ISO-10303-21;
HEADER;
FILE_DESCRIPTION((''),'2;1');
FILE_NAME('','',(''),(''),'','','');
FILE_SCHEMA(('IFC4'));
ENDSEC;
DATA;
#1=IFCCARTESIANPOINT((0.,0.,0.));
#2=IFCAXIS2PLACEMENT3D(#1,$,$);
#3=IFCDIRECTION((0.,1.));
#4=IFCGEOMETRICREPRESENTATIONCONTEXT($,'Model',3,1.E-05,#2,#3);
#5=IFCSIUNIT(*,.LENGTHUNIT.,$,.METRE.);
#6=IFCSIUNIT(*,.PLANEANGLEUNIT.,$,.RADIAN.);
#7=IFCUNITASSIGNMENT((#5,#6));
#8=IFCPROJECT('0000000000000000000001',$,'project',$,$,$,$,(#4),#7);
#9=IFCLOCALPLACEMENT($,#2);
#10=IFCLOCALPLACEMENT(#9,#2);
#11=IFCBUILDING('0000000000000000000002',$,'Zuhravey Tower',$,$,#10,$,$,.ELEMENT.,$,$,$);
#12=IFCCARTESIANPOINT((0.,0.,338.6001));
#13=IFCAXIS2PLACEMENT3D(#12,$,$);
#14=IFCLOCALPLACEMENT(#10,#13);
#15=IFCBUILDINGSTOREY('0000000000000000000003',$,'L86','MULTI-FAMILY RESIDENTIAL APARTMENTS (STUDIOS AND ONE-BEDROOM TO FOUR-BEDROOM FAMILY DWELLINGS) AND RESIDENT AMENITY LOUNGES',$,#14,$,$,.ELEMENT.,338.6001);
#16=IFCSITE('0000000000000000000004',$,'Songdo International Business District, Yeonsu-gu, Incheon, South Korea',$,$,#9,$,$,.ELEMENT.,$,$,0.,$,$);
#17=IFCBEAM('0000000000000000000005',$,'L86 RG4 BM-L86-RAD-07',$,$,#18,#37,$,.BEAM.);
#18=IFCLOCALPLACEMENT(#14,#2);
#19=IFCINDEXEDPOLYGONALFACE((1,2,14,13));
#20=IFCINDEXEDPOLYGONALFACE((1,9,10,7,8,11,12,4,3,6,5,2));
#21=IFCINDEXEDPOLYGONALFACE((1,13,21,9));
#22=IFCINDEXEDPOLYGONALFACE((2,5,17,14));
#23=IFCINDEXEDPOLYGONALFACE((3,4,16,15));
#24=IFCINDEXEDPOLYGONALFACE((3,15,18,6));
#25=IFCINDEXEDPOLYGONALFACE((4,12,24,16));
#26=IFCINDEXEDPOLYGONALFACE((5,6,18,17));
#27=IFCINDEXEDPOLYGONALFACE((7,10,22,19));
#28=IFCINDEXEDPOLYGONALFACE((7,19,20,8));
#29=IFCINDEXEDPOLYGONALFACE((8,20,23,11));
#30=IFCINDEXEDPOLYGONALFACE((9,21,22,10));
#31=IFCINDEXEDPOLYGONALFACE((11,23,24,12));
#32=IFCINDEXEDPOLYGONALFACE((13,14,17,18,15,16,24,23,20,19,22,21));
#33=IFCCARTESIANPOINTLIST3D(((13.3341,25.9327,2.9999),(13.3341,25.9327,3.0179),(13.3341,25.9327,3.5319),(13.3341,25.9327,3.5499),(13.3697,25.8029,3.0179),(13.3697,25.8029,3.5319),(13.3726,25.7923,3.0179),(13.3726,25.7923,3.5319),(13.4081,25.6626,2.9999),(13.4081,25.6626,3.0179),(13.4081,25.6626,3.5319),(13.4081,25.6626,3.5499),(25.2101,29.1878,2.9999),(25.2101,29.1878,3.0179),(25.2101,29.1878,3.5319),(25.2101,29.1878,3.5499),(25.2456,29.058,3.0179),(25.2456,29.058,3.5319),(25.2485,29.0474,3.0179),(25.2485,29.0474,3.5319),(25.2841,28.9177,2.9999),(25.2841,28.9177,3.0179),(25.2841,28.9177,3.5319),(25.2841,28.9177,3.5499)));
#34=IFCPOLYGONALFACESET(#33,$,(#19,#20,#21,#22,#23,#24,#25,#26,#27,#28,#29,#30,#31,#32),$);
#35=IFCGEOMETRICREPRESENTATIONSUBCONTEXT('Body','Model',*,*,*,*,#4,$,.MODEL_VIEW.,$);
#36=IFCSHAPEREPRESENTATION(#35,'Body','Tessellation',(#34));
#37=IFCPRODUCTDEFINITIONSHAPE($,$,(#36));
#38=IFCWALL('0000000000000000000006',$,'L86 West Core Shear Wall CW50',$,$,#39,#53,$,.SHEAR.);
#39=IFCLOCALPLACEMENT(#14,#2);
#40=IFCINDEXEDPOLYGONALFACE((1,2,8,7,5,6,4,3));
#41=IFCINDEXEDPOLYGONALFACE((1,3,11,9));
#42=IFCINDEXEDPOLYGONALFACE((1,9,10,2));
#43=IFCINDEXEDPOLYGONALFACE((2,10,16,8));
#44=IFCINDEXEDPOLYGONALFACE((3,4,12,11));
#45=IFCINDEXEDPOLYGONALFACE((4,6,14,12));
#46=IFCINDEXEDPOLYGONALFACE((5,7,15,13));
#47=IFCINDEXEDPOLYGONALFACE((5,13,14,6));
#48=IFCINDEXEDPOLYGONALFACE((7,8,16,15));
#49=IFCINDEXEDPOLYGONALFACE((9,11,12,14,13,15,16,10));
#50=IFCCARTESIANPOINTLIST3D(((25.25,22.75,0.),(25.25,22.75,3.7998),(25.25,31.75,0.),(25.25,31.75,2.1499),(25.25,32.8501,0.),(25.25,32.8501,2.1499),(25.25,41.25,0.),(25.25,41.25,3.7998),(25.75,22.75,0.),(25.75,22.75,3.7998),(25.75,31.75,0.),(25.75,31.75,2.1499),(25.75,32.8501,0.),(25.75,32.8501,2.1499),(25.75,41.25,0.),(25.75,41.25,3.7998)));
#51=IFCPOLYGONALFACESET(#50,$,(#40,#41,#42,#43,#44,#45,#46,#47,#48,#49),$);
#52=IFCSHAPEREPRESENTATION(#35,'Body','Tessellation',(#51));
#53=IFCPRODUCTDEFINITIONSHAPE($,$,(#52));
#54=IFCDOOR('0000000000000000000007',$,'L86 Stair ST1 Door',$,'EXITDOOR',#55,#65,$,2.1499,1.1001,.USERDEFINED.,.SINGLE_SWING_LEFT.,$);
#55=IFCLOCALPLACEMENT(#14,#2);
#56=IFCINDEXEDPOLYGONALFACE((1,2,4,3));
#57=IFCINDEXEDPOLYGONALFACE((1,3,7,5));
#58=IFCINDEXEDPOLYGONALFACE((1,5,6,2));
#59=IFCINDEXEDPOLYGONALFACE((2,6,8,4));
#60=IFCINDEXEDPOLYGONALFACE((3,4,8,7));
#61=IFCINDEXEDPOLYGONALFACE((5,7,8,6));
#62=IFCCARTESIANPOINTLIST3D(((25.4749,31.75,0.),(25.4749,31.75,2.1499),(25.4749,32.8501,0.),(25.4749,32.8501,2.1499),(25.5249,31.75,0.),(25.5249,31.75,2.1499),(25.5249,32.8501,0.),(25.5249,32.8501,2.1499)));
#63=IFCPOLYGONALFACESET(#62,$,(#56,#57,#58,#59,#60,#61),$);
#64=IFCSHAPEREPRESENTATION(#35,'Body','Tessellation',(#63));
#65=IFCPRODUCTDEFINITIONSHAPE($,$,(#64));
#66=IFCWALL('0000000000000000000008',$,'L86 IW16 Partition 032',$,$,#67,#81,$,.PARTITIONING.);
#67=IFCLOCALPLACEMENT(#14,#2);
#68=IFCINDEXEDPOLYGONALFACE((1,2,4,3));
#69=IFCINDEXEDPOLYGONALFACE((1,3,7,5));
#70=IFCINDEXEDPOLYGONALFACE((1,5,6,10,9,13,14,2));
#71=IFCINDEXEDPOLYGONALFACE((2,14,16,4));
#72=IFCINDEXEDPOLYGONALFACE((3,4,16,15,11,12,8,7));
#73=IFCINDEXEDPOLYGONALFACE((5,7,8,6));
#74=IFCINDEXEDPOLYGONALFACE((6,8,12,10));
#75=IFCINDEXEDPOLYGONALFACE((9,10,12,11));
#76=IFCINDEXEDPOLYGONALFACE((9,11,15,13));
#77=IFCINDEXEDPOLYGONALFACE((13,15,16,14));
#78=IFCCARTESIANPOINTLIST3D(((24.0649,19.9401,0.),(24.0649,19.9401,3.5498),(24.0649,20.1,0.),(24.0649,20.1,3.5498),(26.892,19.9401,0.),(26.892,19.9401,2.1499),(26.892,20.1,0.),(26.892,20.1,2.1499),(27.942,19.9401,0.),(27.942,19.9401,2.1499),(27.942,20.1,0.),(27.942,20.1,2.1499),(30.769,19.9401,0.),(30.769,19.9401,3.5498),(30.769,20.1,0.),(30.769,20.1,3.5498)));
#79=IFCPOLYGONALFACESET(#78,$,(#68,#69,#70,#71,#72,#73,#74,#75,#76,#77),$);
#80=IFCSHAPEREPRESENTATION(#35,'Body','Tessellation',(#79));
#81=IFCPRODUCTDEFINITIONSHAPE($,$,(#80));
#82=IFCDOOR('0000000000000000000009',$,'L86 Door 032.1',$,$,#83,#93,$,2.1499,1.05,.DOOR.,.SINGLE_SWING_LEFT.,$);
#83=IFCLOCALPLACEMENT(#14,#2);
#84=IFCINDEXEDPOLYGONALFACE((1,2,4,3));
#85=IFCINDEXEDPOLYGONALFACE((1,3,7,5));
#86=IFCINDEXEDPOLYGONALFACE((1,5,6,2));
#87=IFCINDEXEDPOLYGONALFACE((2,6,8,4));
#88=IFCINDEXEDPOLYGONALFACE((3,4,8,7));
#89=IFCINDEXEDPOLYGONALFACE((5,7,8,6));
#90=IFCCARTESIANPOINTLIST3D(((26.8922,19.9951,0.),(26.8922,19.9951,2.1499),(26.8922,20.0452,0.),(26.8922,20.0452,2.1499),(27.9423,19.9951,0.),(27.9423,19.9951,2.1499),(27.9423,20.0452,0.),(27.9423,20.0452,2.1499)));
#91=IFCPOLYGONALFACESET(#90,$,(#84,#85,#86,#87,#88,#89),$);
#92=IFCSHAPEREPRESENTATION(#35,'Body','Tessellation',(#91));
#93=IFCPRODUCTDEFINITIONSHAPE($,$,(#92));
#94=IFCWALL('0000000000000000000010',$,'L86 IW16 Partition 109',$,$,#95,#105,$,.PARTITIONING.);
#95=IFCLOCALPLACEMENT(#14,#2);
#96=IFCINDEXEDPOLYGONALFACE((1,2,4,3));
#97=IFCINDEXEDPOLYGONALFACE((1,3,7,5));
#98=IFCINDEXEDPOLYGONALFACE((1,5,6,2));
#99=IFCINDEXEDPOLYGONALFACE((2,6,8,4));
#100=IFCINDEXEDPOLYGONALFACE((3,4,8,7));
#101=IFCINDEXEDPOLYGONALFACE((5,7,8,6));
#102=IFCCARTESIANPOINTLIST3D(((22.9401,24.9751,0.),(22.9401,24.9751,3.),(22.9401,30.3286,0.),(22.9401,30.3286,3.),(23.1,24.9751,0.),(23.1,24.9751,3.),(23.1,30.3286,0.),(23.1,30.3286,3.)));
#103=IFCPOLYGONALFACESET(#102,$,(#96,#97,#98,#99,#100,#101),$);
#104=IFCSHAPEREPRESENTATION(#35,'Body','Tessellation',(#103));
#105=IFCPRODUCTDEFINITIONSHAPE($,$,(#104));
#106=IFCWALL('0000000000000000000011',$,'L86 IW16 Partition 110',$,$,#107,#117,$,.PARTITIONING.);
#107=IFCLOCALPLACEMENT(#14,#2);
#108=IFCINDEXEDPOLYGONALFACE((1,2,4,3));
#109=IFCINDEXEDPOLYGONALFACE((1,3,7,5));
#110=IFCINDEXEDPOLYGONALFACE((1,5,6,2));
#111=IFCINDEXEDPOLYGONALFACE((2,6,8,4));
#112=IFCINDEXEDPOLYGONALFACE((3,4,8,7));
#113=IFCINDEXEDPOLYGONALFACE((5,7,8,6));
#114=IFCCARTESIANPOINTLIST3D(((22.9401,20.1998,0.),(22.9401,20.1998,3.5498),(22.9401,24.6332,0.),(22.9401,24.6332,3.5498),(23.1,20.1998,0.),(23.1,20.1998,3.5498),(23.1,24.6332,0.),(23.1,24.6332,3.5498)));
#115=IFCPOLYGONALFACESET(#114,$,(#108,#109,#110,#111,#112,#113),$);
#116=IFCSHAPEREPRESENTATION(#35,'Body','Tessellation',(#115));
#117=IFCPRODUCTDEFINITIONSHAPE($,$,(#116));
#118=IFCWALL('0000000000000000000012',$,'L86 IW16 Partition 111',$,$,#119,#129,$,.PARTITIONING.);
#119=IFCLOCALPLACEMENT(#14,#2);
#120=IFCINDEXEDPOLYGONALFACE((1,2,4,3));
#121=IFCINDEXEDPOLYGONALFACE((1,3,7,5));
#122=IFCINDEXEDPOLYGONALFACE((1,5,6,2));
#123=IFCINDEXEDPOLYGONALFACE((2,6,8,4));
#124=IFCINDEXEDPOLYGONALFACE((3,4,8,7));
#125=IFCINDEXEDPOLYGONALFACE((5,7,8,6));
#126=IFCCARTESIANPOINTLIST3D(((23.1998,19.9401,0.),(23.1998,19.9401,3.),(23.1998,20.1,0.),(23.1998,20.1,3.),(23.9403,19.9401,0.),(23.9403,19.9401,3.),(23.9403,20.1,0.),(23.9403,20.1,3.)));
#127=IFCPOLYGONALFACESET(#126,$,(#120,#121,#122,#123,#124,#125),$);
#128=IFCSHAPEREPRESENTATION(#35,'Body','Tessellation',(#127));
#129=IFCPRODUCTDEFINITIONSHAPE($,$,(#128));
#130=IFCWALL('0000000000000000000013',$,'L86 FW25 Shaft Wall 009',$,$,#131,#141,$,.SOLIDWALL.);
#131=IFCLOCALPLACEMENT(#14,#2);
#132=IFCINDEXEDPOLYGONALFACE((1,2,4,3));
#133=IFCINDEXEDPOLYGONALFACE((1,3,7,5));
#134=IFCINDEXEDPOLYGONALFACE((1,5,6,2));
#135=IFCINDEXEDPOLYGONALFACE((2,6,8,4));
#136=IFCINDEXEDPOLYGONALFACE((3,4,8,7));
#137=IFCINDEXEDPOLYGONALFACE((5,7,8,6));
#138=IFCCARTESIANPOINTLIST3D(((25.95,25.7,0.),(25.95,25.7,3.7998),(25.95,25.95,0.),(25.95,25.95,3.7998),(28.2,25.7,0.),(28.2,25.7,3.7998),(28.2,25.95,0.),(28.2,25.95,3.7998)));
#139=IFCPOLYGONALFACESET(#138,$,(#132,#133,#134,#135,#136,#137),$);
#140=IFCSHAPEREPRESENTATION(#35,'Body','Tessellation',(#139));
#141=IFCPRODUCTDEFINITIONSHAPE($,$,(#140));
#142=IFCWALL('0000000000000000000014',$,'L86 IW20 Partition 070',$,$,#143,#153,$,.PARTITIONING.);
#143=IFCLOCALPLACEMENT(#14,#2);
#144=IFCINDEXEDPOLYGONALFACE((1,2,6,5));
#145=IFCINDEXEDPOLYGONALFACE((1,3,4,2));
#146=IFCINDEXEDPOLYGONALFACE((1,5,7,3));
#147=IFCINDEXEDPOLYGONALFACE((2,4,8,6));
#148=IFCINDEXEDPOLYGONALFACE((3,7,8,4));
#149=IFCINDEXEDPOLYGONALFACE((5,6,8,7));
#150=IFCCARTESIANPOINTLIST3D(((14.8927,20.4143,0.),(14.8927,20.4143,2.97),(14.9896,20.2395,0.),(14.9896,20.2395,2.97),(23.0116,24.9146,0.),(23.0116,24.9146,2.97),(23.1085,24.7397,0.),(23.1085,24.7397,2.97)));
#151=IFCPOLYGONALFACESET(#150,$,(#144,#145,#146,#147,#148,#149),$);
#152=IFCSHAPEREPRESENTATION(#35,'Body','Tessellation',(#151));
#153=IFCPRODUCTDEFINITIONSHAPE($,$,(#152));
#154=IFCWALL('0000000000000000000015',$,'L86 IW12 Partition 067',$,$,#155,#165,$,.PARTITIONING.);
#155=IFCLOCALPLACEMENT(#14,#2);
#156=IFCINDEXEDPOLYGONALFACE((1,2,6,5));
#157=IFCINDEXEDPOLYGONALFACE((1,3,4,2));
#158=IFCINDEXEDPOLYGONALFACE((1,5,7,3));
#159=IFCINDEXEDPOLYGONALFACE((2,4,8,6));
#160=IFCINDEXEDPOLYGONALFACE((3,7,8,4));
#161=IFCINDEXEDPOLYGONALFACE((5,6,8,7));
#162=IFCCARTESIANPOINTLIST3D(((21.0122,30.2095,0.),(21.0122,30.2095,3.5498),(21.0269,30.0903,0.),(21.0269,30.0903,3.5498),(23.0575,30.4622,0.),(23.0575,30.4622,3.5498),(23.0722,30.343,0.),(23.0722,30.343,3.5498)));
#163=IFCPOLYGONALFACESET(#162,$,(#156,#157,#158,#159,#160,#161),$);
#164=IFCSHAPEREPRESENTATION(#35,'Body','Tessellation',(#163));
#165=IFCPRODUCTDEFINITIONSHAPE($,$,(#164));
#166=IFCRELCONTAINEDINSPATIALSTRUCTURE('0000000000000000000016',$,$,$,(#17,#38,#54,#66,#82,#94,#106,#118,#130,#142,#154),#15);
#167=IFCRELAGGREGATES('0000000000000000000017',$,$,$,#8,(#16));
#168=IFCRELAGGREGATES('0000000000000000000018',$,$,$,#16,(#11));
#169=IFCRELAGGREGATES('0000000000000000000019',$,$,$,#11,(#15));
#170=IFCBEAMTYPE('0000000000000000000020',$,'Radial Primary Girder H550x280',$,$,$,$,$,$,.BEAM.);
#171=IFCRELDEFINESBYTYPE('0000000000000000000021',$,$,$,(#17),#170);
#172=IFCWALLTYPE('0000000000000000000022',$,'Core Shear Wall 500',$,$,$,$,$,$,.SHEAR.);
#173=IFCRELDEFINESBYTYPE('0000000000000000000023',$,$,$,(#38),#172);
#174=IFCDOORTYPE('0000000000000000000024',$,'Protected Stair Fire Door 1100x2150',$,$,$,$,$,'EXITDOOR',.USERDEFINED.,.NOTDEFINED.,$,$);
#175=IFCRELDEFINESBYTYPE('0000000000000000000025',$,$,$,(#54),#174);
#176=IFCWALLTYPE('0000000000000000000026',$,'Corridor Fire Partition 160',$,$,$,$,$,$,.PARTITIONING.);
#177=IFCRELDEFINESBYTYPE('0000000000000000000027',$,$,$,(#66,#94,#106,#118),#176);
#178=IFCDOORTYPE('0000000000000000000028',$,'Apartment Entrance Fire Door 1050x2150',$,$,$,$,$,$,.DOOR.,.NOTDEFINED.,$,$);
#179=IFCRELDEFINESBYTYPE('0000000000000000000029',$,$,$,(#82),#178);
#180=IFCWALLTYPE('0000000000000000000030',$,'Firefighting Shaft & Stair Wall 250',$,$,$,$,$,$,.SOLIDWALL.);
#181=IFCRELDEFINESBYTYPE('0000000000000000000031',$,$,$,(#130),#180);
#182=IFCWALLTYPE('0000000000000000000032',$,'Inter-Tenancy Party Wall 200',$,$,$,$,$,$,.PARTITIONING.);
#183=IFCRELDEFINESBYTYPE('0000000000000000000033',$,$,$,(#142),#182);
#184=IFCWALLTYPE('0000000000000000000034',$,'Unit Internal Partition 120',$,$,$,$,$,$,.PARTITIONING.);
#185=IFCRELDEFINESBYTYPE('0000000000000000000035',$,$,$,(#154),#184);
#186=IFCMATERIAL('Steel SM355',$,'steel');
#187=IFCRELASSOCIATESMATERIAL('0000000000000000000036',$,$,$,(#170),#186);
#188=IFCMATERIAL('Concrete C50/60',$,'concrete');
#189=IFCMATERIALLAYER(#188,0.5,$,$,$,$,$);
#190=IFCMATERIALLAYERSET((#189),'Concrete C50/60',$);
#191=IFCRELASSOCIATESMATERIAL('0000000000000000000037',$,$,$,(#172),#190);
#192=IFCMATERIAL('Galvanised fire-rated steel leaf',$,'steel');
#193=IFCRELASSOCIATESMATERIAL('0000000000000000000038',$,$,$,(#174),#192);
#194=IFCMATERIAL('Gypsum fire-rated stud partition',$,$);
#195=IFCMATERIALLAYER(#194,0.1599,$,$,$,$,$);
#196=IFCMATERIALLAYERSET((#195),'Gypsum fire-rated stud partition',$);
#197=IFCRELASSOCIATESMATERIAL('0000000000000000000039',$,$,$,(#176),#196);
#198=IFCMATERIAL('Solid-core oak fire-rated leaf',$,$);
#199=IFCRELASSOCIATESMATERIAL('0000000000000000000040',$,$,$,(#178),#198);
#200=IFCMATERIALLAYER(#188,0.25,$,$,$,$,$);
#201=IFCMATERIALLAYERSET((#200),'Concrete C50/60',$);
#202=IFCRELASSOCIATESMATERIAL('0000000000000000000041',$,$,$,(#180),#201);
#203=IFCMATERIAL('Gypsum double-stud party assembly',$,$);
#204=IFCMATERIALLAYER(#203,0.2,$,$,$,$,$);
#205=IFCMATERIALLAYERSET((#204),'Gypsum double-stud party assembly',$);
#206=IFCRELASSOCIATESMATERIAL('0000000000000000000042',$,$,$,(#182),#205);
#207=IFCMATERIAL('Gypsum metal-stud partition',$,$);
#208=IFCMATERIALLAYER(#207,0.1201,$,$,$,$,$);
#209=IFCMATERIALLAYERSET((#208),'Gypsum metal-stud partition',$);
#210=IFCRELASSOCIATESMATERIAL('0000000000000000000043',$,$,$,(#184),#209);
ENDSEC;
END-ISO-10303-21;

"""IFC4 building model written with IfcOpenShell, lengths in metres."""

from ifc_helpers import new_model, si_unit, direction, frame, frame_2d, origin, origin_2d, place, context, subcontext, project, spatial, rectangle, i_section, extrude, material, layer, layer_set, material_profile, profile_set, type_object, element, fill, save


model = new_model("IFC4")

# Units and contexts
model_context = context("Model", 3, precision=1e-05, world=origin(), true_north=direction((0.0, 1.0)))
body_context = subcontext(model_context, "Body", "Model", "MODEL_VIEW")
ifc_project = project(units=[si_unit("LENGTHUNIT", "METRE"), si_unit("PLANEANGLEUNIT", "RADIAN")], contexts=[model_context])

# Site, building, storey
site_placement = place(None, origin())
site = spatial("IfcSite", under=ifc_project, at=site_placement, Name="Songdo International Business District, Yeonsu-gu, Incheon, South Korea", CompositionType="ELEMENT", RefElevation=0.0)
building_placement = place(site_placement, origin())
building = spatial("IfcBuilding", under=site, at=building_placement, Name="Zuhravey Tower", CompositionType="ELEMENT")
storey_placement = place(building_placement, frame((0.0, 0.0, 338.6001)))
storey = spatial("IfcBuildingStorey", under=building, at=storey_placement, Name="L86", Description="MULTI-FAMILY RESIDENTIAL APARTMENTS (STUDIOS AND ONE-BEDROOM TO FOUR-BEDROOM FAMILY DWELLINGS) AND RESIDENT AMENITY LOUNGES", CompositionType="ELEMENT", Elevation=338.6001)

# Beam
ifc_material_1 = material(Name="Steel SM355", Category="steel")
ifc_material_profile = material_profile(ifc_material_1, i_section(OverallWidth=0.28, OverallDepth=0.55, WebThickness=0.011, FlangeThickness=0.0181, at=origin_2d()), Name="H-550x280x11x18")
ifc_profile_set = profile_set([ifc_material_profile], Name="Steel SM355")
beam_type = type_object("IfcBeamType", Name="Radial Primary Girder H550x280", PredefinedType="BEAM", material=ifc_profile_set)
beam_placement = place(storey_placement, frame((25.2471, 29.0527, 3.2749), z_axis=(-0.964429, -0.264344, 0.0), x_axis=(0.264344, -0.964429, 0.0)))
element("IfcBeam", 1, at=beam_placement, inside=storey, type_object=beam_type, Name="L86 RG4 BM-L86-RAD-07", PredefinedType="BEAM", context=body_context, shape_type="SweptSolid", body=[
    extrude(i_section(OverallWidth=0.28, OverallDepth=0.55, WebThickness=0.011, FlangeThickness=0.0181, at=origin_2d()), origin(), (0.0, 0.0, 1.0), 12.314),
])

# Walls, openings, doors
ifc_material_2 = material(Name="Concrete C50/60", Category="concrete")
ifc_layer_1 = layer(ifc_material_2, 0.5)
ifc_layer_set_1 = layer_set([ifc_layer_1], Name="Concrete C50/60")
wall_type_1 = type_object("IfcWallType", Name="Core Shear Wall 500", PredefinedType="SHEAR", material=ifc_layer_set_1)
ifc_material_3 = material(Name="Galvanised fire-rated steel leaf", Category="steel")
wall_1_placement = place(storey_placement, frame((25.5, 22.75, 0.0), z_axis=(0.0, 0.0, 1.0), x_axis=(0.0, 1.0, 0.0)))
wall_1 = element("IfcWall", 2, at=wall_1_placement, inside=storey, type_object=wall_type_1, Name="L86 West Core Shear Wall CW50", PredefinedType="SHEAR", context=body_context, shape_type="SweptSolid", body=[
    extrude(rectangle(XDim=18.5, YDim=0.5, at=frame_2d((9.25, 0.0))), origin(), (0.0, 0.0, 1.0), 3.7998),
])
opening_1_placement = place(wall_1_placement, frame((9.0, 0.0, 0.0)))
opening_1 = element("IfcOpeningElement", 3, at=opening_1_placement, cuts=wall_1, PredefinedType="OPENING", context=body_context, shape_type="SweptSolid", body=[
    extrude(rectangle(XDim=1.1001, YDim=2.1499, at=frame_2d((0.55, 1.075))), frame((0.0, 0.262, 0.0), z_axis=(0.0, -1.0, 0.0), x_axis=(1.0, 0.0, 0.0)), (0.0, 0.0, 1.0), 0.5239),
])
door_type_1 = type_object("IfcDoorType", Name="Protected Stair Fire Door 1100x2150", ElementType="EXITDOOR", OperationType="NOTDEFINED", PredefinedType="USERDEFINED", material=ifc_material_3)
door_1_placement = place(opening_1_placement, frame((1.1001, 0.0, 0.0), z_axis=(0.0, 0.0, 1.0), x_axis=(-1.0, 0.0, 0.0)))
door_1 = element("IfcDoor", 4, at=door_1_placement, inside=storey, type_object=door_type_1, Name="L86 Stair ST1 Door", ObjectType="EXITDOOR", OperationType="SINGLE_SWING_LEFT", OverallHeight=2.1499, OverallWidth=1.1001, PredefinedType="USERDEFINED", context=body_context, shape_type="SweptSolid", body=[
    extrude(rectangle(XDim=1.1001, YDim=2.1499, at=frame_2d((0.55, 1.075))), frame((0.0, 0.0249, 0.0), z_axis=(0.0, -1.0, 0.0), x_axis=(1.0, 0.0, 0.0)), (0.0, 0.0, 1.0), 0.05),
])
fill(opening_1, door_1)
ifc_material_4 = material(Name="Gypsum fire-rated stud partition")
ifc_layer_2 = layer(ifc_material_4, 0.1599)
ifc_layer_set_2 = layer_set([ifc_layer_2], Name="Gypsum fire-rated stud partition")
wall_type_2 = type_object("IfcWallType", Name="Corridor Fire Partition 160", PredefinedType="PARTITIONING", material=ifc_layer_set_2)
wall_2_placement = place(storey_placement, frame((24.0649, 20.02, 0.0), z_axis=(0.0, 0.0, 1.0), x_axis=(1.0, 0.0, 0.0)))
wall_2 = element("IfcWall", 5, at=wall_2_placement, inside=storey, type_object=wall_type_2, Name="L86 IW16 Partition 032", PredefinedType="PARTITIONING", context=body_context, shape_type="SweptSolid", body=[
    extrude(rectangle(XDim=6.7041, YDim=0.1599, at=frame_2d((3.3521, 0.0))), origin(), (0.0, 0.0, 1.0), 3.5498),
])
opening_2_placement = place(wall_2_placement, frame((2.8271, 0.0, 0.0)))
opening_2 = element("IfcOpeningElement", 6, at=opening_2_placement, cuts=wall_2, PredefinedType="OPENING", context=body_context, shape_type="SweptSolid", body=[
    extrude(rectangle(XDim=1.05, YDim=2.1499, at=frame_2d((0.5249, 1.075))), frame((0.0, 0.092, 0.0), z_axis=(0.0, -1.0, 0.0), x_axis=(1.0, 0.0, 0.0)), (0.0, 0.0, 1.0), 0.1838),
])
ifc_material_5 = material(Name="Solid-core oak fire-rated leaf")
door_type_2 = type_object("IfcDoorType", Name="Apartment Entrance Fire Door 1050x2150", OperationType="NOTDEFINED", PredefinedType="DOOR", material=ifc_material_5)
door_2_placement = place(opening_2_placement, frame((1.05, 0.0, 0.0), z_axis=(0.0, 0.0, 1.0), x_axis=(-1.0, 0.0, 0.0)))
door_2 = element("IfcDoor", 7, at=door_2_placement, inside=storey, type_object=door_type_2, Name="L86 Door 032.1", OperationType="SINGLE_SWING_LEFT", OverallHeight=2.1499, OverallWidth=1.05, PredefinedType="DOOR", context=body_context, shape_type="SweptSolid", body=[
    extrude(rectangle(XDim=1.05, YDim=2.1499, at=frame_2d((0.5249, 1.075))), frame((0.0, 0.0249, 0.0), z_axis=(0.0, -1.0, 0.0), x_axis=(1.0, 0.0, 0.0)), (0.0, 0.0, 1.0), 0.05),
])
fill(opening_2, door_2)

# Walls
wall_3_placement = place(storey_placement, frame((23.02, 30.3286, 0.0), z_axis=(0.0, 0.0, 1.0), x_axis=(0.0, -1.0, 0.0)))
element("IfcWall", 8, at=wall_3_placement, inside=storey, type_object=wall_type_2, Name="L86 IW16 Partition 109", PredefinedType="PARTITIONING", context=body_context, shape_type="SweptSolid", body=[
    extrude(rectangle(XDim=5.3535, YDim=0.1599, at=frame_2d((2.6768, 0.0))), origin(), (0.0, 0.0, 1.0), 3.0),
])
wall_4_placement = place(storey_placement, frame((23.02, 24.6333, 0.0), z_axis=(0.0, 0.0, 1.0), x_axis=(0.0, -1.0, 0.0)))
element("IfcWall", 9, at=wall_4_placement, inside=storey, type_object=wall_type_2, Name="L86 IW16 Partition 110", PredefinedType="PARTITIONING", context=body_context, shape_type="SweptSolid", body=[
    extrude(rectangle(XDim=4.4333, YDim=0.1599, at=frame_2d((2.2168, 0.0))), origin(), (0.0, 0.0, 1.0), 3.5498),
])
wall_5_placement = place(storey_placement, frame((23.2, 20.02, 0.0), z_axis=(0.0, 0.0, 1.0), x_axis=(1.0, 0.0, 0.0)))
element("IfcWall", 10, at=wall_5_placement, inside=storey, type_object=wall_type_2, Name="L86 IW16 Partition 111", PredefinedType="PARTITIONING", context=body_context, shape_type="SweptSolid", body=[
    extrude(rectangle(XDim=0.7405, YDim=0.1599, at=frame_2d((0.3701, 0.0))), origin(), (0.0, 0.0, 1.0), 3.0),
])
ifc_layer_3 = layer(ifc_material_2, 0.25)
ifc_layer_set_3 = layer_set([ifc_layer_3], Name="Concrete C50/60")
wall_type_3 = type_object("IfcWallType", Name="Firefighting Shaft & Stair Wall 250", PredefinedType="SOLIDWALL", material=ifc_layer_set_3)
wall_6_placement = place(storey_placement, frame((25.95, 25.825, 0.0), z_axis=(0.0, 0.0, 1.0), x_axis=(1.0, 0.0, 0.0)))
element("IfcWall", 11, at=wall_6_placement, inside=storey, type_object=wall_type_3, Name="L86 FW25 Shaft Wall 009", PredefinedType="SOLIDWALL", context=body_context, shape_type="SweptSolid", body=[
    extrude(rectangle(XDim=2.25, YDim=0.25, at=frame_2d((1.125, 0.0))), origin(), (0.0, 0.0, 1.0), 3.7998),
])
ifc_material_6 = material(Name="Gypsum double-stud party assembly")
ifc_layer_4 = layer(ifc_material_6, 0.2)
ifc_layer_set_4 = layer_set([ifc_layer_4], Name="Gypsum double-stud party assembly")
wall_type_4 = type_object("IfcWallType", Name="Inter-Tenancy Party Wall 200", PredefinedType="PARTITIONING", material=ifc_layer_set_4)
wall_7_placement = place(storey_placement, frame((23.0601, 24.8271, 0.0), z_axis=(0.0, 0.0, 1.0), x_axis=(-0.874626, -0.484799, 0.0)))
element("IfcWall", 12, at=wall_7_placement, inside=storey, type_object=wall_type_4, Name="L86 IW20 Partition 070", PredefinedType="PARTITIONING", context=body_context, shape_type="SweptSolid", body=[
    extrude(rectangle(XDim=9.2827, YDim=0.2, at=frame_2d((4.6414, 0.0))), origin(), (0.0, 0.0, 1.0), 2.97),
])
ifc_material_7 = material(Name="Gypsum metal-stud partition")
ifc_layer_5 = layer(ifc_material_7, 0.1201)
ifc_layer_set_5 = layer_set([ifc_layer_5], Name="Gypsum metal-stud partition")
wall_type_5 = type_object("IfcWallType", Name="Unit Internal Partition 120", PredefinedType="PARTITIONING", material=ifc_layer_set_5)
wall_8_placement = place(storey_placement, frame((23.0647, 30.4026, 0.0), z_axis=(0.0, 0.0, 1.0), x_axis=(-0.992454, -0.12262, 0.0)))
element("IfcWall", 13, at=wall_8_placement, inside=storey, type_object=wall_type_5, Name="L86 IW12 Partition 067", PredefinedType="PARTITIONING", context=body_context, shape_type="SweptSolid", body=[
    extrude(rectangle(XDim=2.0608, YDim=0.1201, at=frame_2d((1.0303, 0.0))), origin(), (0.0, 0.0, 1.0), 3.5498),
])

save(model, "model.ifc")
